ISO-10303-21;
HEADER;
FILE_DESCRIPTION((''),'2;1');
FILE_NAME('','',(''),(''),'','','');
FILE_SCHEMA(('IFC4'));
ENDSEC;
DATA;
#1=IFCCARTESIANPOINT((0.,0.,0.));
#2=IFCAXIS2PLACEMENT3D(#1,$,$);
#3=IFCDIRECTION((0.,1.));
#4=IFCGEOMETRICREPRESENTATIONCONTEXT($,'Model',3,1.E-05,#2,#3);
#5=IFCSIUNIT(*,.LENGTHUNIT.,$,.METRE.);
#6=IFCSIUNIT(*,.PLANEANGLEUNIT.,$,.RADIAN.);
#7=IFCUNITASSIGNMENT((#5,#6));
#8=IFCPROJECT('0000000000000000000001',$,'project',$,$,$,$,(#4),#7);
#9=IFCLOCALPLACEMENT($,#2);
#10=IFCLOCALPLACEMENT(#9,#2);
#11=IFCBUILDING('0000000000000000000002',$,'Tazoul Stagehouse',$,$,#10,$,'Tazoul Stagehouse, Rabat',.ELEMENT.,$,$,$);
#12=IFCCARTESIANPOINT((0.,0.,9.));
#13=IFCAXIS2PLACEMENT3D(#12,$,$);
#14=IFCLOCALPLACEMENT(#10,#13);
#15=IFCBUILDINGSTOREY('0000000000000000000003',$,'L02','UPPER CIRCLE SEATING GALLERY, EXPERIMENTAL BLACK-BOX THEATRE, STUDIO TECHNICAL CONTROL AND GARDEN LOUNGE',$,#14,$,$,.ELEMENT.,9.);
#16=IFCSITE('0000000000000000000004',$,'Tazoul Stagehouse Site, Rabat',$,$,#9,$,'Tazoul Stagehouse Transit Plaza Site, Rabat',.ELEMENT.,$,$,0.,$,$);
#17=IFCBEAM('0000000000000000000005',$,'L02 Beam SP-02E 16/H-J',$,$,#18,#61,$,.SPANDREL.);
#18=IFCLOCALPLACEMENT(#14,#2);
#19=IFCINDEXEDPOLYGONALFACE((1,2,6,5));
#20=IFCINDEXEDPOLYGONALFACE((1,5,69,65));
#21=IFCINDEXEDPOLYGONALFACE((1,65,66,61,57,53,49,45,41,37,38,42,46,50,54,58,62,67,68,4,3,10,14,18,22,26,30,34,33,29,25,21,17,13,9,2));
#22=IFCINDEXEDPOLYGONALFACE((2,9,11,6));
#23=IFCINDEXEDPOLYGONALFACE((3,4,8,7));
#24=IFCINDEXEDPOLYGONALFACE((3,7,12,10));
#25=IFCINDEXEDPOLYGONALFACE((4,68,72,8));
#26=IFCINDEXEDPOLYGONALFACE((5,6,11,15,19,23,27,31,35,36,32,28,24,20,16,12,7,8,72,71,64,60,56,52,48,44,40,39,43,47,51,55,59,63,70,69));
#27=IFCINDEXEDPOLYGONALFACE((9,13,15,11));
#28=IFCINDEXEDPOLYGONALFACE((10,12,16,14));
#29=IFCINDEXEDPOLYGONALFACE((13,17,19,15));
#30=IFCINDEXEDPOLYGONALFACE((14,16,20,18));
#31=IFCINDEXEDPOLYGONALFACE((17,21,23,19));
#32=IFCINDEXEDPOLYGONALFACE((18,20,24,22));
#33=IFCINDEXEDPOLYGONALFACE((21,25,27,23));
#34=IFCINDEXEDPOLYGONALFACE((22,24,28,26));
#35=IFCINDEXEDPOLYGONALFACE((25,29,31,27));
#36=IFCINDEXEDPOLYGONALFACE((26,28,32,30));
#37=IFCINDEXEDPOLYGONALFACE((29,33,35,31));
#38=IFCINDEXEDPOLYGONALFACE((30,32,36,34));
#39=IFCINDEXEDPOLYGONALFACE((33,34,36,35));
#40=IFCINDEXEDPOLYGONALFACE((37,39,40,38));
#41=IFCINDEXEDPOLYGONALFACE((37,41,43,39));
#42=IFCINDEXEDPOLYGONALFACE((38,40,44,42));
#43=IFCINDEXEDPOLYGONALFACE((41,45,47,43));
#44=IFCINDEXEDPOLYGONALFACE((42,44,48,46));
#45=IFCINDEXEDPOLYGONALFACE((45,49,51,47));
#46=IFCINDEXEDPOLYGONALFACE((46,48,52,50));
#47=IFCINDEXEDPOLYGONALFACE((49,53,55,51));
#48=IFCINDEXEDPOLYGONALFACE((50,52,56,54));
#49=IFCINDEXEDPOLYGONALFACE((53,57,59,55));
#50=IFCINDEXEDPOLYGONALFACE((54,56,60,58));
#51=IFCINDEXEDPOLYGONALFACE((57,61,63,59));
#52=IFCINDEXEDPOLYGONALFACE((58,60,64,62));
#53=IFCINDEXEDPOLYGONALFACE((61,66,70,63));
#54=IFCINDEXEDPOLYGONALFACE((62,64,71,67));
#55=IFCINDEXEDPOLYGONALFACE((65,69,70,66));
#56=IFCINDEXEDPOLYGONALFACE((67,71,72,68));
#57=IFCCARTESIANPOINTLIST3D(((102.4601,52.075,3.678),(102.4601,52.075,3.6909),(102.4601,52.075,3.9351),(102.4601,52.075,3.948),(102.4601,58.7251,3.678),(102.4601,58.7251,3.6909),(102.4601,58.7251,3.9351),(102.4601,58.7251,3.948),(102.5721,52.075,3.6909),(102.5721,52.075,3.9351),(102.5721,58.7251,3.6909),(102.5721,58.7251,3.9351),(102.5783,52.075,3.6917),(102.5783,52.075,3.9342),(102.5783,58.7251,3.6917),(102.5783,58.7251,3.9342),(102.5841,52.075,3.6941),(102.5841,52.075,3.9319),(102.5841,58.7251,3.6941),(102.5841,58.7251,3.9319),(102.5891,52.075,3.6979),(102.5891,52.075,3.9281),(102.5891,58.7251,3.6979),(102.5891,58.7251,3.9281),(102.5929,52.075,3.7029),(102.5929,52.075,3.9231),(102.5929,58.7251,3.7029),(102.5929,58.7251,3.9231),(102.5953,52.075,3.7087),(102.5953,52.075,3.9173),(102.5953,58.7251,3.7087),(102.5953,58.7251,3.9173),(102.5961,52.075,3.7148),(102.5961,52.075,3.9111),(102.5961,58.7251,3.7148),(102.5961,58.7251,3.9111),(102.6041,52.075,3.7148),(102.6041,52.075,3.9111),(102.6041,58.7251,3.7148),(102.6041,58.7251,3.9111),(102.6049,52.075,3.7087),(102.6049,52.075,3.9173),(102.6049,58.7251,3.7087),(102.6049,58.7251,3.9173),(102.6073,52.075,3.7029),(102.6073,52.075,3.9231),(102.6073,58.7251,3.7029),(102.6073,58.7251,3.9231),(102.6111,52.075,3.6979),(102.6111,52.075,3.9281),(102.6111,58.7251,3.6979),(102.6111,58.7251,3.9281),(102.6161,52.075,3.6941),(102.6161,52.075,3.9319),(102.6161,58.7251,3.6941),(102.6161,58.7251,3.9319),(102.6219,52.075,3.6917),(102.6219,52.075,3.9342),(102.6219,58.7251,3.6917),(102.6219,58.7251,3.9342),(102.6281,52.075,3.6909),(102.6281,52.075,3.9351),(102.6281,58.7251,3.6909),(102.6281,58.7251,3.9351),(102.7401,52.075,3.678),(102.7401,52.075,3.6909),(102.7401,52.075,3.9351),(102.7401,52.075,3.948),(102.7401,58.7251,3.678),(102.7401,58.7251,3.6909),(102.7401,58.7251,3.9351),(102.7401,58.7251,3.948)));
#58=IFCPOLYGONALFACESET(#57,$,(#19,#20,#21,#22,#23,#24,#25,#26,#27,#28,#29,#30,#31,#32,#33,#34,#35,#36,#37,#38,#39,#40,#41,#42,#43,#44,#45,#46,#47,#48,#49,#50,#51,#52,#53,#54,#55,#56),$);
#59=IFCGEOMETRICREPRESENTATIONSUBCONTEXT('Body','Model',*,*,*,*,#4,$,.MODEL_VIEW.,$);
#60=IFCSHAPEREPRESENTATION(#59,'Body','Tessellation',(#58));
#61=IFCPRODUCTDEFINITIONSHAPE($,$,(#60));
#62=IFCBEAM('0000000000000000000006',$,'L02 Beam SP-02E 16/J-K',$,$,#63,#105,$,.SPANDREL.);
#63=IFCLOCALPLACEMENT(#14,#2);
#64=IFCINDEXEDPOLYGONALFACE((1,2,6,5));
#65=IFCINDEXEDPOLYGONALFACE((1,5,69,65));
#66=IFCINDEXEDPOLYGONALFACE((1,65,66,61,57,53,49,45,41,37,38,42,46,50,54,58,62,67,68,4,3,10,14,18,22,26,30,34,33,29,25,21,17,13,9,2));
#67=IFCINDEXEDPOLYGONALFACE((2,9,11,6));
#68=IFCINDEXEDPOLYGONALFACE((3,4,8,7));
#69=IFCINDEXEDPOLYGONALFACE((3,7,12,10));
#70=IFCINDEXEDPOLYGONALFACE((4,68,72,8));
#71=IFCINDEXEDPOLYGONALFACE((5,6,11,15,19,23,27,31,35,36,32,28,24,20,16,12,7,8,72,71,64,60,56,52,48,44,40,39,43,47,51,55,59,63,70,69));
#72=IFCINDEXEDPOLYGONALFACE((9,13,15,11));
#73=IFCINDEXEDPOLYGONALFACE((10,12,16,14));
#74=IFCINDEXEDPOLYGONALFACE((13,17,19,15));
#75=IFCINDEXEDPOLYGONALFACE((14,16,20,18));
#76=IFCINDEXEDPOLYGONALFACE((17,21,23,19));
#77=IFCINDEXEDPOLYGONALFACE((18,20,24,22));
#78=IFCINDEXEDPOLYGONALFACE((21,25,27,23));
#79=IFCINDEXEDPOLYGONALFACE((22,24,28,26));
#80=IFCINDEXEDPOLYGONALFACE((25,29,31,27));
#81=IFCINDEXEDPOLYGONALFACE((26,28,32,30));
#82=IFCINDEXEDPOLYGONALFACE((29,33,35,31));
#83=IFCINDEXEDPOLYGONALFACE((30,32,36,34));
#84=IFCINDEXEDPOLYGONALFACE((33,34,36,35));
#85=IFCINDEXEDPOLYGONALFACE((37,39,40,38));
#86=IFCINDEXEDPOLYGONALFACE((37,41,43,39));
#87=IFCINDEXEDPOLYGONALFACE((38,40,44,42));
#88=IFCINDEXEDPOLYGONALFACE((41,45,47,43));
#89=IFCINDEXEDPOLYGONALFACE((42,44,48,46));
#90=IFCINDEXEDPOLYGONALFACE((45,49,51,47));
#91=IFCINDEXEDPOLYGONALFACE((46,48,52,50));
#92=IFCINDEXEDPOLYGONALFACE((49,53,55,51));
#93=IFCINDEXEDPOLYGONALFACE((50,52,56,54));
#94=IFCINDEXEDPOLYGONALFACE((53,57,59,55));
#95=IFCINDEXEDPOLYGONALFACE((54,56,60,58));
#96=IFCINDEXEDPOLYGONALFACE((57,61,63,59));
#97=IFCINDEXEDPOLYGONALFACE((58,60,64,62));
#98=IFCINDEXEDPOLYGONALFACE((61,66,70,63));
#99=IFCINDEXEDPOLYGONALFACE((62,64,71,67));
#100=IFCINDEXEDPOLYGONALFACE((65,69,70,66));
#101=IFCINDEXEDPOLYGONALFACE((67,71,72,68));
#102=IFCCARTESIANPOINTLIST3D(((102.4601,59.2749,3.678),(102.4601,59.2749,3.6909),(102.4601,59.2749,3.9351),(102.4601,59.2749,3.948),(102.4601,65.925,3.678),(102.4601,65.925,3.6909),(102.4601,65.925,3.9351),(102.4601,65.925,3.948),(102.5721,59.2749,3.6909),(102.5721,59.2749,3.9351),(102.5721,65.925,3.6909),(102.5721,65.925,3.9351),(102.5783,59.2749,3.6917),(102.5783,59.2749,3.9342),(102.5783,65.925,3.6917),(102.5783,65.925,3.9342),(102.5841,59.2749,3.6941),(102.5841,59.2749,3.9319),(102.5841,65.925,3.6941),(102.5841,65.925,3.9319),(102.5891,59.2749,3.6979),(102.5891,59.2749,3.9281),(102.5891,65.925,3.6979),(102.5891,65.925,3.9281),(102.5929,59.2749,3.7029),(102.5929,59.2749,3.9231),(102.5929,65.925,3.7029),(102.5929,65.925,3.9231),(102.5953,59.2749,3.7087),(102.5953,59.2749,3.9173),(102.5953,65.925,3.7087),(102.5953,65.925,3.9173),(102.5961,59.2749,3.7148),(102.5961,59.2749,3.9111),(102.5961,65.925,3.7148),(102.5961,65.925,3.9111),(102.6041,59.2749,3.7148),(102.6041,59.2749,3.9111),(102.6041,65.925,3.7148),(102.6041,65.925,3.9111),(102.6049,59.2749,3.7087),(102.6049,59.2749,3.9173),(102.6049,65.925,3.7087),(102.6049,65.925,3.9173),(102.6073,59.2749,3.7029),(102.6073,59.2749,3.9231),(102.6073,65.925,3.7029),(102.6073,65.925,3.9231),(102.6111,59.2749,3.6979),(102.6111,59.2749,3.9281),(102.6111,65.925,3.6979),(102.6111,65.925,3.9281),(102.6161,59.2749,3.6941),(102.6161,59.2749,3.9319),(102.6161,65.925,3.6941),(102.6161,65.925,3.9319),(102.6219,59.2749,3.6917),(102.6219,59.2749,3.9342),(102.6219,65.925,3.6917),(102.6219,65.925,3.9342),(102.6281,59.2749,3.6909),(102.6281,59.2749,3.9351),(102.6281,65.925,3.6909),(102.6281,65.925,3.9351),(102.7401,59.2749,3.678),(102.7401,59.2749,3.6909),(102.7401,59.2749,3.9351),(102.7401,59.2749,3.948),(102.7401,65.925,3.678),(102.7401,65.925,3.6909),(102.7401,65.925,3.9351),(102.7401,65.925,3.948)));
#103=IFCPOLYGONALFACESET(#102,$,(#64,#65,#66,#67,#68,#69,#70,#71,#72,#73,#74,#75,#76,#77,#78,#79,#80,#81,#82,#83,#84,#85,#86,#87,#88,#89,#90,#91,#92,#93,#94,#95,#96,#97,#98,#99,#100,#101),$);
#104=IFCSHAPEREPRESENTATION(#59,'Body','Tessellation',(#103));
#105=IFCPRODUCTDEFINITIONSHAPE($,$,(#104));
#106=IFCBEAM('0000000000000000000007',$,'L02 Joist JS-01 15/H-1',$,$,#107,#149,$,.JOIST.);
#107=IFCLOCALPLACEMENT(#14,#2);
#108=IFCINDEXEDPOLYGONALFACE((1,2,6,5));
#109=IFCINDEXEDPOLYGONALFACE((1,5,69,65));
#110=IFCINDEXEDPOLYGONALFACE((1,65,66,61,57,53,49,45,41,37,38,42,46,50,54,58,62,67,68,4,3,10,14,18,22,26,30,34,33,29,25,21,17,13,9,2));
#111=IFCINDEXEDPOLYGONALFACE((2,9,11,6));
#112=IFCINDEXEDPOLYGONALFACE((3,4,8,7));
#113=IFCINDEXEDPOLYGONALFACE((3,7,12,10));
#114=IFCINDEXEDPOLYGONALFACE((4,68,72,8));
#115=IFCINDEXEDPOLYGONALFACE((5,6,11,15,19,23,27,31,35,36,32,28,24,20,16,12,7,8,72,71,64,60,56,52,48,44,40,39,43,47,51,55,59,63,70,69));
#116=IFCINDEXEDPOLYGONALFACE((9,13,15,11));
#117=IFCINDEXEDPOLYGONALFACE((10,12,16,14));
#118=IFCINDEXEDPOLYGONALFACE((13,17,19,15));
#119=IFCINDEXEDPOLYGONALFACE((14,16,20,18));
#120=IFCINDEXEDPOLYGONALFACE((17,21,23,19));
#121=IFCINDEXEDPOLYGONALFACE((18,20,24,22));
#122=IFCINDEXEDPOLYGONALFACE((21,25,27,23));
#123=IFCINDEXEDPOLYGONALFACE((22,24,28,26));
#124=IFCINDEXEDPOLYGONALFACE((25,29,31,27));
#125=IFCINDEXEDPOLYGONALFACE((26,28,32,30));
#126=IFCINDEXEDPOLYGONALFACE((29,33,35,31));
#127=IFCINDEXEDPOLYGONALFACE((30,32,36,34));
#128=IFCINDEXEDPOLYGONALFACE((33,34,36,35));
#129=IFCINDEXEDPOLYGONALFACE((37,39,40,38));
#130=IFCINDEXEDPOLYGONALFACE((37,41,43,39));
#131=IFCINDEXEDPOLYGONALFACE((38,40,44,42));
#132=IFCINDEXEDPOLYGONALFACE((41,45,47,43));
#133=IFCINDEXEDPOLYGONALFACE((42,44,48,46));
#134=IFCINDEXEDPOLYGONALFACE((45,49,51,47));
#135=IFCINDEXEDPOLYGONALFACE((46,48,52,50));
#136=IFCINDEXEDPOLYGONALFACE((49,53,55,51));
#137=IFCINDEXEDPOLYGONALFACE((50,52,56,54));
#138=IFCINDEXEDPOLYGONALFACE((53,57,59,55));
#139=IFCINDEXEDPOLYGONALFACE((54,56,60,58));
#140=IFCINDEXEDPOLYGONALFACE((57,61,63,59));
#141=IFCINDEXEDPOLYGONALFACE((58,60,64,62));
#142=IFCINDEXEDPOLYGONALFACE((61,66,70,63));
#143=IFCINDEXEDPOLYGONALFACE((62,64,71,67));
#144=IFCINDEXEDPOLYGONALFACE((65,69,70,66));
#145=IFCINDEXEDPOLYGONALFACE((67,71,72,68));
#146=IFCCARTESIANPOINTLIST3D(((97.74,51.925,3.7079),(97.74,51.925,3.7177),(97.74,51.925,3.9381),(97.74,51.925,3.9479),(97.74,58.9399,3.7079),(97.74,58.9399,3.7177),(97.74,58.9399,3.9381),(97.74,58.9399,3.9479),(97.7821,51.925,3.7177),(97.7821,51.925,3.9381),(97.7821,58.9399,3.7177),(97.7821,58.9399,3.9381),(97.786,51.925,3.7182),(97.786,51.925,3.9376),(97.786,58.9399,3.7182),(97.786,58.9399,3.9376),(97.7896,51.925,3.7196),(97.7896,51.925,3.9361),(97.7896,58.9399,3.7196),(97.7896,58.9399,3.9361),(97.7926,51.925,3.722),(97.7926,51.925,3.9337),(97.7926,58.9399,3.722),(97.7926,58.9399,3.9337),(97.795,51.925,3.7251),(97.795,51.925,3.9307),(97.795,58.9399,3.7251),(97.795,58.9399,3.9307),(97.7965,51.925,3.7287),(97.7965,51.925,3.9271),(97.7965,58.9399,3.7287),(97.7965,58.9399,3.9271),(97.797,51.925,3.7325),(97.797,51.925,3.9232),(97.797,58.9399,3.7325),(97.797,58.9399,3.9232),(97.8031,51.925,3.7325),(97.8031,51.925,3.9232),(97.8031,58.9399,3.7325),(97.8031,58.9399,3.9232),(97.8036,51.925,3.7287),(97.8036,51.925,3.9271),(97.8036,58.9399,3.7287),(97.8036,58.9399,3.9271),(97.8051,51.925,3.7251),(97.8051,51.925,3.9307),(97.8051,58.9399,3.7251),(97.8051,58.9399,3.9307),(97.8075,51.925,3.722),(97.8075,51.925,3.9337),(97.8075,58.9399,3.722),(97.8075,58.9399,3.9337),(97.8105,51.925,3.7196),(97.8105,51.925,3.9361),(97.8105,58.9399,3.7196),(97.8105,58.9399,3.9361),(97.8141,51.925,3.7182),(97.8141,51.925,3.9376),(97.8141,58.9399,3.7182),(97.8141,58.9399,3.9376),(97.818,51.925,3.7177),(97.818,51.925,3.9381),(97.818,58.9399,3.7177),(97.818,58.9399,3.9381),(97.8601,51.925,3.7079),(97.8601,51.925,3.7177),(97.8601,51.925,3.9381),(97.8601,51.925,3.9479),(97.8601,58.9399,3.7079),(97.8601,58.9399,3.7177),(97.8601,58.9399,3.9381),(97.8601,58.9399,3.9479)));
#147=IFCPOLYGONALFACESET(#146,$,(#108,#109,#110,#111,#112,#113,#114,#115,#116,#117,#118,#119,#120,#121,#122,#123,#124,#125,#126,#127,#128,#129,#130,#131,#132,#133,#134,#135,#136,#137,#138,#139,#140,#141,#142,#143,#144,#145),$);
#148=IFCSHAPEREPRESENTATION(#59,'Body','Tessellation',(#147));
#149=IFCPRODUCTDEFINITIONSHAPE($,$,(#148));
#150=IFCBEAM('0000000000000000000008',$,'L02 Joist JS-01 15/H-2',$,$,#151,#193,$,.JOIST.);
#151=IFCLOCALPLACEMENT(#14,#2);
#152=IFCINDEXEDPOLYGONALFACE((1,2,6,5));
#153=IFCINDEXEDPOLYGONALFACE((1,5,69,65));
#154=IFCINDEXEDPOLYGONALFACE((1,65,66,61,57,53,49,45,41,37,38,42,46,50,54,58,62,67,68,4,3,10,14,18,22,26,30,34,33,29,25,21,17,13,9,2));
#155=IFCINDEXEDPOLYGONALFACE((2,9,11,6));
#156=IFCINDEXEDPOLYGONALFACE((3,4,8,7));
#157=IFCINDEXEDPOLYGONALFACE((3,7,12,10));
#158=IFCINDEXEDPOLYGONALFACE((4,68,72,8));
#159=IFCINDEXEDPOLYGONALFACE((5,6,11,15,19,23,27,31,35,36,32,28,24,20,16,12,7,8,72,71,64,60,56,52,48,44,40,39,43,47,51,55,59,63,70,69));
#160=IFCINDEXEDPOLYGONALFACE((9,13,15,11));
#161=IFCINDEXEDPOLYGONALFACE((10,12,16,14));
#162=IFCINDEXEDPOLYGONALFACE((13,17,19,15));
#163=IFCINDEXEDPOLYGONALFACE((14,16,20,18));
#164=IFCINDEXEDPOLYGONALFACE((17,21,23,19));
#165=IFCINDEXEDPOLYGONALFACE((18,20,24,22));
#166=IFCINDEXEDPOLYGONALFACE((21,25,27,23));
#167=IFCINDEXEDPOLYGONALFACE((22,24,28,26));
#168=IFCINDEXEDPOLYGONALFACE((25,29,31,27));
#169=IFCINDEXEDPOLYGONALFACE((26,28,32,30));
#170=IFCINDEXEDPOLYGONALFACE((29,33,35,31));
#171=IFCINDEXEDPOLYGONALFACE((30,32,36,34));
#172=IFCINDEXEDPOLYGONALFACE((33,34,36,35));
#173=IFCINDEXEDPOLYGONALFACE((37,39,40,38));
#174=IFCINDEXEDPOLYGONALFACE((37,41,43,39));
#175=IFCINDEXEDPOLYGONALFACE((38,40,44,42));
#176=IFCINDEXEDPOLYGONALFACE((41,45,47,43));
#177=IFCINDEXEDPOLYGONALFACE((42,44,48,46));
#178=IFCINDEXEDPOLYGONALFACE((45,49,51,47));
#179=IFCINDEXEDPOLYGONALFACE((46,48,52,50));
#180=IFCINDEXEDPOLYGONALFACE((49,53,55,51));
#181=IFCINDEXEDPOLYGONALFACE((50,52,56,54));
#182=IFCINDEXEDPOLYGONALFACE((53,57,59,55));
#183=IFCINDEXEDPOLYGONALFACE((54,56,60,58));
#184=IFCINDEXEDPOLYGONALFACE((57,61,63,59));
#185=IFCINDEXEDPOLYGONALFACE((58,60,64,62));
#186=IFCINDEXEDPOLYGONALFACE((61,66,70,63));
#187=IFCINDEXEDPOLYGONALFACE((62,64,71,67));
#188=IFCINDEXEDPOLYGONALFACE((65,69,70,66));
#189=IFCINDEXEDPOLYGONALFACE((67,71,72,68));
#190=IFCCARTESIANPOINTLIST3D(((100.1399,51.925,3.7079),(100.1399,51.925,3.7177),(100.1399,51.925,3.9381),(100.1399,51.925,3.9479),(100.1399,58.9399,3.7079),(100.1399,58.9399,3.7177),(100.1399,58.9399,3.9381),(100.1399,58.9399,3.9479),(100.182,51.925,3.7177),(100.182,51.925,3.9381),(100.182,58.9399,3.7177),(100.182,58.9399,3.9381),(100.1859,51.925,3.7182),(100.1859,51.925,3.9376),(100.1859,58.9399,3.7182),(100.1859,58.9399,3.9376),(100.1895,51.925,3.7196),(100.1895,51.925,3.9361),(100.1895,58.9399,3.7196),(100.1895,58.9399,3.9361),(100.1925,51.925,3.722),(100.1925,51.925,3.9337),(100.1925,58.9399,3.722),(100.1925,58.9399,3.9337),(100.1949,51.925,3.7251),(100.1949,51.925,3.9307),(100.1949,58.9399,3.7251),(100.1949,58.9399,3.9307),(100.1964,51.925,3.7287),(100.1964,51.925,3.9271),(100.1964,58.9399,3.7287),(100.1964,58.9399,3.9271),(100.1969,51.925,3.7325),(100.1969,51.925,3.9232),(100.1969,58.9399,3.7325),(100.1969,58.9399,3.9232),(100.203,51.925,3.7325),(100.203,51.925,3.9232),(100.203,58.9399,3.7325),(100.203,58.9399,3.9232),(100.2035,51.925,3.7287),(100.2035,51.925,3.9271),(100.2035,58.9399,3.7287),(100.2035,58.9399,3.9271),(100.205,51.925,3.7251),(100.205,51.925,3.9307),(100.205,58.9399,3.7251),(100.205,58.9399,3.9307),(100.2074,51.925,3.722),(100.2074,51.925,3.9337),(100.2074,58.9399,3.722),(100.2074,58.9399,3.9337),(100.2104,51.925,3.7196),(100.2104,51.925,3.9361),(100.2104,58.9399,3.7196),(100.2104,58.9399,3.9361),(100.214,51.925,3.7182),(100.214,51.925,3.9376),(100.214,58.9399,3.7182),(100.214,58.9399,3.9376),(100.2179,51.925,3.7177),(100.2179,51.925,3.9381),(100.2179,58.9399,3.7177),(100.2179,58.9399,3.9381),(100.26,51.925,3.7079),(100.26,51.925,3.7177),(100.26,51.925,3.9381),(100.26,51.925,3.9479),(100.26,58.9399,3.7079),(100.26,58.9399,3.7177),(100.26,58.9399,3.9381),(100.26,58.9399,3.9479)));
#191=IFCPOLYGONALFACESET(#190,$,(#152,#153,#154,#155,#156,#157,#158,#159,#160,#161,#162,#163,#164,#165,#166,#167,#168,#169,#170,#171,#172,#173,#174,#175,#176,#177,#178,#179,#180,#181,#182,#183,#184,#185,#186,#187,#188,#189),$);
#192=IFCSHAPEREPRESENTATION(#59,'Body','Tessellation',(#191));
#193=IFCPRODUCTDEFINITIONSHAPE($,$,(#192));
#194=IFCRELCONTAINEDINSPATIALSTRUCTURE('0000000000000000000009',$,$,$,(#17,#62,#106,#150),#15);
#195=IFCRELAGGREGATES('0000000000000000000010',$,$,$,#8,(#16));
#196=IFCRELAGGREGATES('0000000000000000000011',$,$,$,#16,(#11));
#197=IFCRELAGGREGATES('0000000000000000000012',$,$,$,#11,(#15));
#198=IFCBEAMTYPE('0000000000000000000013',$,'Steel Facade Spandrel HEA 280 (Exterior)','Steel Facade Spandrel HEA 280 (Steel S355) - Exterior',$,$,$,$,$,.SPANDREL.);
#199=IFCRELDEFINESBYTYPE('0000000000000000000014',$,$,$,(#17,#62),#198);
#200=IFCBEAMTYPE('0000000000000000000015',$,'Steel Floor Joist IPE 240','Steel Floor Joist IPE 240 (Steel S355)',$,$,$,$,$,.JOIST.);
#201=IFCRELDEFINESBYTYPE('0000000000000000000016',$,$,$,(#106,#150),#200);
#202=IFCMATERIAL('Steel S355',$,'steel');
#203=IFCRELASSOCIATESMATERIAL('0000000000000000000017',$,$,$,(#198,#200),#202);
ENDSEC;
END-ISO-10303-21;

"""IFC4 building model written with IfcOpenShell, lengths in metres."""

from ifc_helpers import new_model, si_unit, direction, frame, origin, origin_2d, place, context, subcontext, project, spatial, i_section, extrude, material, material_profile, profile_set, type_object, element, save


model = new_model("IFC4")

# Units and contexts
model_context = context("Model", 3, precision=1e-05, world=origin(), true_north=direction((0.0, 1.0)))
body_context = subcontext(model_context, "Body", "Model", "MODEL_VIEW")
ifc_project = project(units=[si_unit("LENGTHUNIT", "METRE"), si_unit("PLANEANGLEUNIT", "RADIAN")], contexts=[model_context])

# Site, building, storey
site_placement = place(None, origin())
site = spatial("IfcSite", under=ifc_project, at=site_placement, Name="Tazoul Stagehouse Site, Rabat", LongName="Tazoul Stagehouse Transit Plaza Site, Rabat", CompositionType="ELEMENT", RefElevation=0.0)
building_placement = place(site_placement, origin())
building = spatial("IfcBuilding", under=site, at=building_placement, Name="Tazoul Stagehouse", LongName="Tazoul Stagehouse, Rabat", CompositionType="ELEMENT")
storey_placement = place(building_placement, frame((0.0, 0.0, 9.0)))
storey = spatial("IfcBuildingStorey", under=building, at=storey_placement, Name="L02", Description="UPPER CIRCLE SEATING GALLERY, EXPERIMENTAL BLACK-BOX THEATRE, STUDIO TECHNICAL CONTROL AND GARDEN LOUNGE", CompositionType="ELEMENT", Elevation=9.0)

# Beams
ifc_material_1 = material(Name="Steel S355", Category="steel")
ifc_material_profile_1 = material_profile(ifc_material_1, i_section(OverallWidth=0.28, OverallDepth=0.27, WebThickness=0.0081, FlangeThickness=0.0129, FilletRadius=0.0239, at=origin_2d()), Name="HEA 280")
ifc_profile_set_1 = profile_set([ifc_material_profile_1], Name="Steel S355")
beam_type_1 = type_object("IfcBeamType", Name="Steel Facade Spandrel HEA 280 (Exterior)", Description="Steel Facade Spandrel HEA 280 (Steel S355) - Exterior", PredefinedType="SPANDREL", material=ifc_profile_set_1)
for number, where, z_axis, x_axis, name in (
    (1, (102.6001, 52.075, 3.813), (0.0, 1.0, 0.0), (-1.0, 0.0, 0.0), "L02 Beam SP-02E 16/H-J"),
    (2, (102.6001, 59.2749, 3.813), (0.0, 1.0, 0.0), (-1.0, 0.0, 0.0), "L02 Beam SP-02E 16/J-K"),
):
    element("IfcBeam", number, at=place(storey_placement, frame(where, z_axis=z_axis, x_axis=x_axis)), inside=storey, type_object=beam_type_1, Name=name, PredefinedType="SPANDREL", context=body_context, shape_type="SweptSolid", body=[
        extrude(i_section(OverallWidth=0.28, OverallDepth=0.27, WebThickness=0.0081, FlangeThickness=0.0129, FilletRadius=0.0239, at=origin_2d()), origin(), (0.0, 0.0, 1.0), 6.6501),
    ])
ifc_material_profile_2 = material_profile(ifc_material_1, i_section(OverallWidth=0.1201, OverallDepth=0.24, WebThickness=0.0061, FlangeThickness=0.0098, FilletRadius=0.0149, at=origin_2d()), Name="IPE 240")
ifc_profile_set_2 = profile_set([ifc_material_profile_2], Name="Steel S355")
beam_type_2 = type_object("IfcBeamType", Name="Steel Floor Joist IPE 240", Description="Steel Floor Joist IPE 240 (Steel S355)", PredefinedType="JOIST", material=ifc_profile_set_2)
for number, where, z_axis, x_axis, name in (
    (3, (97.8, 51.925, 3.8279), (0.0, 1.0, 0.0), (-1.0, 0.0, 0.0), "L02 Joist JS-01 15/H-1"),
    (4, (100.2, 51.925, 3.8279), (0.0, 1.0, 0.0), (-1.0, 0.0, 0.0), "L02 Joist JS-01 15/H-2"),
):
    element("IfcBeam", number, at=place(storey_placement, frame(where, z_axis=z_axis, x_axis=x_axis)), inside=storey, type_object=beam_type_2, Name=name, PredefinedType="JOIST", context=body_context, shape_type="SweptSolid", body=[
        extrude(i_section(OverallWidth=0.1201, OverallDepth=0.24, WebThickness=0.0061, FlangeThickness=0.0098, FilletRadius=0.0149, at=origin_2d()), origin(), (0.0, 0.0, 1.0), 7.0149),
    ])

save(model, "model.ifc")
